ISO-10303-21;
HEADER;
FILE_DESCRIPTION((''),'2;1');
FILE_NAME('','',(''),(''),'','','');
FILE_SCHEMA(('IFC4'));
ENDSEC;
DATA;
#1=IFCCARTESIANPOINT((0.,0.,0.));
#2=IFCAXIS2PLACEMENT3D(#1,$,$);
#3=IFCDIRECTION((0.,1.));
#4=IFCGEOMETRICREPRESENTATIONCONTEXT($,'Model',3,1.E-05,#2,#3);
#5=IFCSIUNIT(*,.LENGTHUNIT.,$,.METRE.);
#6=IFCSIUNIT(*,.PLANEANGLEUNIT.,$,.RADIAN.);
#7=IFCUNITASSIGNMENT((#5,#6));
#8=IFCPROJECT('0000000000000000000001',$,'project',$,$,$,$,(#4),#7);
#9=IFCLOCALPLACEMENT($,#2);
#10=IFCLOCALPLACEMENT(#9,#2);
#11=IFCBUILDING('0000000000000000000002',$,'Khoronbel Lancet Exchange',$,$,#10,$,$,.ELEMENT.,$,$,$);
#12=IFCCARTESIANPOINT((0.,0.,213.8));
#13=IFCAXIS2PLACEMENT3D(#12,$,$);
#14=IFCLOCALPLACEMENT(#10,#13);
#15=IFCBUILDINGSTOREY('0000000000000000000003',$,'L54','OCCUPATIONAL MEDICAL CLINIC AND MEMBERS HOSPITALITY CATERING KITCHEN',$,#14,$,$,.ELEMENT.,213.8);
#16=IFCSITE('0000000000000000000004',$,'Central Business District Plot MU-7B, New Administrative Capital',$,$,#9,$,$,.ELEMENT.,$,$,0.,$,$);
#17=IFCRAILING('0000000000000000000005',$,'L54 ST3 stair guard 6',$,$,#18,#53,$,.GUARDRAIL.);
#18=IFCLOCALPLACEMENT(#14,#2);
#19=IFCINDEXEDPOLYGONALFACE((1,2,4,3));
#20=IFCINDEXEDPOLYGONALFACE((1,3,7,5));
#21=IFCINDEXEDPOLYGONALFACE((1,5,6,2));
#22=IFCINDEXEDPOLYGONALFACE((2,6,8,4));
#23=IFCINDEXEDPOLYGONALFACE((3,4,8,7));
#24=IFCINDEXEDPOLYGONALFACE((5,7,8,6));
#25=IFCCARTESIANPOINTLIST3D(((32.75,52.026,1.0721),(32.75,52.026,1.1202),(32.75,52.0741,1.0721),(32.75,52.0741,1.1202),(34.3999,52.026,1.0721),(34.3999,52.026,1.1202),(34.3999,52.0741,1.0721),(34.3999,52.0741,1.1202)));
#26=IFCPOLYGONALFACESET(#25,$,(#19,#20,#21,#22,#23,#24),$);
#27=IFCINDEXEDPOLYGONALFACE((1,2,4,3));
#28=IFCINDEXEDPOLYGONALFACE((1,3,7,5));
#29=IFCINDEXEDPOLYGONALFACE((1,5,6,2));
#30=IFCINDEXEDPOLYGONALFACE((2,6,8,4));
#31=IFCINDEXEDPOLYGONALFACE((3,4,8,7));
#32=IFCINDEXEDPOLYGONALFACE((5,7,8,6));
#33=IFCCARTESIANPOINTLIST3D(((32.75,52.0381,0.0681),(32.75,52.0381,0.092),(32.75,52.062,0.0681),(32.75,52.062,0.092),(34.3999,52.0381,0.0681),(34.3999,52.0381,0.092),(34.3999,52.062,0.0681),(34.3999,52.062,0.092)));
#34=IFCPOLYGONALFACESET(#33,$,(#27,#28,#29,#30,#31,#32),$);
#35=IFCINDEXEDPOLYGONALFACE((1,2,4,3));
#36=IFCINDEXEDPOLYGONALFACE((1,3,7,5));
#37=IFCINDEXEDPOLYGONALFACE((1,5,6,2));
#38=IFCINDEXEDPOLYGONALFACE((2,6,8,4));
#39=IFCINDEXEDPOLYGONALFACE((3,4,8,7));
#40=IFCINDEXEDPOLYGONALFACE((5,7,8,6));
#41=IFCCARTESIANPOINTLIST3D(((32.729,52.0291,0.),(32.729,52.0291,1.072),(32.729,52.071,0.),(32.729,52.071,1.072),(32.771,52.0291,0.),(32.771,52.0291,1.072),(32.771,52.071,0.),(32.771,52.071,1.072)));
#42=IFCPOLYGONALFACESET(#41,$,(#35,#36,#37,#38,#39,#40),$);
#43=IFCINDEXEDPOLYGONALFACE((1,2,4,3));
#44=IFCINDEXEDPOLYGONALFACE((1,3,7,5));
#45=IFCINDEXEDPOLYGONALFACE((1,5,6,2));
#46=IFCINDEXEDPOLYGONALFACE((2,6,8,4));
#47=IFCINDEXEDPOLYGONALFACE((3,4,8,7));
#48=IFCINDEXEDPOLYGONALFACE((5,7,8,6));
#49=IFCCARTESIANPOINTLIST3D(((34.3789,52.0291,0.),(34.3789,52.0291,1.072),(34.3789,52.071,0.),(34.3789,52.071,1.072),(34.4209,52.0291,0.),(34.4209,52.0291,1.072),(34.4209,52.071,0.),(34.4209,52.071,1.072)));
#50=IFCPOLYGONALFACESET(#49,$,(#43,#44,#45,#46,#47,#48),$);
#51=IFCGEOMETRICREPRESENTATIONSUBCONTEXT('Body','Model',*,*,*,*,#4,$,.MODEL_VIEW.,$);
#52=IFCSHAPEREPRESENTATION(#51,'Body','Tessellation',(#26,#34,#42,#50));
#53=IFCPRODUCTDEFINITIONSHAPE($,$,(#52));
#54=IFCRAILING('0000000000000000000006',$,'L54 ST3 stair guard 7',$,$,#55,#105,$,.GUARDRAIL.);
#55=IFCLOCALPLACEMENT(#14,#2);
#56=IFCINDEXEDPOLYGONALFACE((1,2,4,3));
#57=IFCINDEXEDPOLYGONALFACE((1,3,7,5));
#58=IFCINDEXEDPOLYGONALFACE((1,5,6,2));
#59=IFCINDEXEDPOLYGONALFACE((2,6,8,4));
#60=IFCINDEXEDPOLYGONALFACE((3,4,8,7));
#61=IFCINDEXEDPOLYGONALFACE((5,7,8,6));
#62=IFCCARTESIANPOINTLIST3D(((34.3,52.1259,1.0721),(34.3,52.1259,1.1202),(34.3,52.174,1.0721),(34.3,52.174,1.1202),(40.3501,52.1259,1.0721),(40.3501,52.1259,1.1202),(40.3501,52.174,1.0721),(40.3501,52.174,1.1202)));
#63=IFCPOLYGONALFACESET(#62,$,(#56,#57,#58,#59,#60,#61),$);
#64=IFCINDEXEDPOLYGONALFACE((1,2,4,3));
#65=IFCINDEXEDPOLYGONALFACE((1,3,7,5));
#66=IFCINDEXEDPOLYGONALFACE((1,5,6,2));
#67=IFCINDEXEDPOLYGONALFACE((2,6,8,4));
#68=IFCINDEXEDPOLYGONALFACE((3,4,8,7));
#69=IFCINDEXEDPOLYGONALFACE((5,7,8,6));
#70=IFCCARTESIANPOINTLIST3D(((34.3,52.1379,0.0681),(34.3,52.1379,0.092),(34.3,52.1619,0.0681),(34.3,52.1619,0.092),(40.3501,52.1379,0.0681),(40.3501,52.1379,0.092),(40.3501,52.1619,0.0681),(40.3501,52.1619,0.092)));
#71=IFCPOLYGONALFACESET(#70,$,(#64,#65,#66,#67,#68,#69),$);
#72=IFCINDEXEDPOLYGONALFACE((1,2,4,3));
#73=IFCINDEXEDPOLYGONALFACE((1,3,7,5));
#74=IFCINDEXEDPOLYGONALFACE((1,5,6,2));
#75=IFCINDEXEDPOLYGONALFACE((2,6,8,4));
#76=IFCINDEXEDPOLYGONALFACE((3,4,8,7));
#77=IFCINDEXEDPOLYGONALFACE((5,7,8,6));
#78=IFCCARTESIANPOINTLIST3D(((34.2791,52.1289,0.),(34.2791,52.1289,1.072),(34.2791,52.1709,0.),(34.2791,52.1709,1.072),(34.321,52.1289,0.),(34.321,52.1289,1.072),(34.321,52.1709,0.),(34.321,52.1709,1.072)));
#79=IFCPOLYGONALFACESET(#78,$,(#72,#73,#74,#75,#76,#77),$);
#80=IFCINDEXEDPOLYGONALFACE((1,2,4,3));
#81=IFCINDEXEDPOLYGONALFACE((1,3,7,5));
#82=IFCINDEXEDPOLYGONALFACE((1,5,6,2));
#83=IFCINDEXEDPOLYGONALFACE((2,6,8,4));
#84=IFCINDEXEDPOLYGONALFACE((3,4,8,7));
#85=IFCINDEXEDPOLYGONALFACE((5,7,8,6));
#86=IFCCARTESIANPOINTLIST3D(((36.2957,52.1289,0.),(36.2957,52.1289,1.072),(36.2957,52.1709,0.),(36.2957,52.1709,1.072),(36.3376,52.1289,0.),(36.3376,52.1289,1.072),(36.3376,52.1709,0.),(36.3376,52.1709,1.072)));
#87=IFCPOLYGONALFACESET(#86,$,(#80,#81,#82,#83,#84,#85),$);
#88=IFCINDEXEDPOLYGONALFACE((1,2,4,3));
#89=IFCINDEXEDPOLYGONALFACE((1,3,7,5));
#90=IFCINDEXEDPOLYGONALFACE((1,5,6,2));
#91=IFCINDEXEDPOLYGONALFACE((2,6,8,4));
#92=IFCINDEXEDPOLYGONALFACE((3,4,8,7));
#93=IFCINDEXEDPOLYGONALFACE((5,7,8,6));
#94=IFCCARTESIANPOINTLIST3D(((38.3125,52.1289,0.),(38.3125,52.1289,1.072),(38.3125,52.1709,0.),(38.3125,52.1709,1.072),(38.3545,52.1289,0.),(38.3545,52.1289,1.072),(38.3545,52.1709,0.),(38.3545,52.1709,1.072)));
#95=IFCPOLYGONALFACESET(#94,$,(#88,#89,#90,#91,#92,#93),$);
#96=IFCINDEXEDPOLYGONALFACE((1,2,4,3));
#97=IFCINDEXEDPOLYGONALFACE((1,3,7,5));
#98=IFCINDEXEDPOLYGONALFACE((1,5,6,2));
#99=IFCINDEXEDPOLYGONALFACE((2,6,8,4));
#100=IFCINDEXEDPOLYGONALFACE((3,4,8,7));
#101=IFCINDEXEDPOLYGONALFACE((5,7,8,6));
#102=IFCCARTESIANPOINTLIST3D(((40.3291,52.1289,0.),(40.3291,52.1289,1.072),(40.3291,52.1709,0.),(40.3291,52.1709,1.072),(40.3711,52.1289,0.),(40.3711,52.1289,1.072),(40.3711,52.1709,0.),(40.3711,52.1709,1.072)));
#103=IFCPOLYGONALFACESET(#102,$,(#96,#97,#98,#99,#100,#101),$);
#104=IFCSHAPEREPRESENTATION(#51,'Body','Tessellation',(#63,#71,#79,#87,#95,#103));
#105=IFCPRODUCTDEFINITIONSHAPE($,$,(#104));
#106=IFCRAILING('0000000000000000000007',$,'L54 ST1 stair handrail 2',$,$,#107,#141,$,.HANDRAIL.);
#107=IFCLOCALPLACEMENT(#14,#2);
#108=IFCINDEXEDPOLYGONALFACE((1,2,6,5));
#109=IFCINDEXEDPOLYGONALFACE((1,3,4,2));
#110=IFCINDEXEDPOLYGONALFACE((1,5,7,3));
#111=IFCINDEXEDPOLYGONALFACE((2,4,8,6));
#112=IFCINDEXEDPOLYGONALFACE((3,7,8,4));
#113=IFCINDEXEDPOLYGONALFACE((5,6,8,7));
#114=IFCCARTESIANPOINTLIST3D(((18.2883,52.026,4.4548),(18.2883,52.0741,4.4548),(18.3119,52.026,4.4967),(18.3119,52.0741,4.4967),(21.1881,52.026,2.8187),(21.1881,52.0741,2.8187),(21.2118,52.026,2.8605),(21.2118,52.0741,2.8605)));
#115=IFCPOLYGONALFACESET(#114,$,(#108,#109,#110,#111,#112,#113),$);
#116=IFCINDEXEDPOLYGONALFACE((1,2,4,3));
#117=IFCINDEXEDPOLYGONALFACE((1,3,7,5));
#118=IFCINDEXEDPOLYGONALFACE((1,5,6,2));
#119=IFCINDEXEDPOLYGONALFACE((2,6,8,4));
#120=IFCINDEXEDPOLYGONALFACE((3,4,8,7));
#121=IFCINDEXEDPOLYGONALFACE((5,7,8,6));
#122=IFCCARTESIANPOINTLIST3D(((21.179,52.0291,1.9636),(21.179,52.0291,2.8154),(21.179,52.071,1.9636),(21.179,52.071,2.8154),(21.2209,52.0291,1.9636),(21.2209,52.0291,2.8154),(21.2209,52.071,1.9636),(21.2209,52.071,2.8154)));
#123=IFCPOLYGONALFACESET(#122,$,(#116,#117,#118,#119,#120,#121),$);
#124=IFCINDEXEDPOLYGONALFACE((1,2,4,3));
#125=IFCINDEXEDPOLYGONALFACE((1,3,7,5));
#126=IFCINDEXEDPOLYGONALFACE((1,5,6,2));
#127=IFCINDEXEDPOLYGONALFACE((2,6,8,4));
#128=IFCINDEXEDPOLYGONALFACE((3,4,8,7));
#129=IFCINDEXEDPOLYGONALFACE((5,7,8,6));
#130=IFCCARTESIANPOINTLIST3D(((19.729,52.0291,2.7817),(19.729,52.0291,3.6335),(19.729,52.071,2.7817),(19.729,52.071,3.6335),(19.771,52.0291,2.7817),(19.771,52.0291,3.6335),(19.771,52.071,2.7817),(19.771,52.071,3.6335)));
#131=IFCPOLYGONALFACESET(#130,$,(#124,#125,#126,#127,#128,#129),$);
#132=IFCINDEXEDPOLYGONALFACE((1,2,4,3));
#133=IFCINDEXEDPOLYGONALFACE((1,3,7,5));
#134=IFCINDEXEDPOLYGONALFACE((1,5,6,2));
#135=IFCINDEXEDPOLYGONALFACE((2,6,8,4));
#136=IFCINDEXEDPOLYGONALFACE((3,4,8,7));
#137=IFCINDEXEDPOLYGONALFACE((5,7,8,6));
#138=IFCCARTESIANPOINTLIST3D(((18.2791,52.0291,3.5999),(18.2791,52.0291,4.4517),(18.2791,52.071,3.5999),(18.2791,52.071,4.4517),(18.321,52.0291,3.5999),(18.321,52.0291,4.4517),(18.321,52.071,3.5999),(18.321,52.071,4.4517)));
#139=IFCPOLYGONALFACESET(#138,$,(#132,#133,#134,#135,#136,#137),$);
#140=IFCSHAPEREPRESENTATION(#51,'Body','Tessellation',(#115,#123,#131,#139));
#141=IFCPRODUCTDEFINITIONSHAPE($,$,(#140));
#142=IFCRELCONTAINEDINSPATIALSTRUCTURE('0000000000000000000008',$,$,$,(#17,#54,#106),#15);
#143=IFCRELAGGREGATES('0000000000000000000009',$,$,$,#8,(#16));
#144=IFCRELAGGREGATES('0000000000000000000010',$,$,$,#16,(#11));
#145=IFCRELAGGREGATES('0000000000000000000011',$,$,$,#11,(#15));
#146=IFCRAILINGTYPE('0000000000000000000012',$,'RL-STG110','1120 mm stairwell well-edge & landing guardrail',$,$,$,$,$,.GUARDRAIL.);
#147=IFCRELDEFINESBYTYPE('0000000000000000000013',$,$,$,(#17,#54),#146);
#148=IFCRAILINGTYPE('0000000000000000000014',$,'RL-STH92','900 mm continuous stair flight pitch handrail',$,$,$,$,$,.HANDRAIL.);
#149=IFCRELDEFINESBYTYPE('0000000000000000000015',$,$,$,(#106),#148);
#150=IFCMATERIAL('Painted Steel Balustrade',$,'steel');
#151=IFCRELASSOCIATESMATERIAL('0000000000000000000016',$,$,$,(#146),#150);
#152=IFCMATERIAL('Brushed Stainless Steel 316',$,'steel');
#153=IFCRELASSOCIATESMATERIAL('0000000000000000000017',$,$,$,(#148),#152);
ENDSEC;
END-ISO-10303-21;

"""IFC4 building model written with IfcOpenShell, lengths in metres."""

from ifc_helpers import new_model, si_unit, direction, frame, origin, origin_2d, place, context, subcontext, project, spatial, rectangle, extrude, material, type_object, element, save


model = new_model("IFC4")

# Units and contexts
model_context = context("Model", 3, precision=1e-05, world=origin(), true_north=direction((0.0, 1.0)))
body_context = subcontext(model_context, "Body", "Model", "MODEL_VIEW")
ifc_project = project(units=[si_unit("LENGTHUNIT", "METRE"), si_unit("PLANEANGLEUNIT", "RADIAN")], contexts=[model_context])

# Site, building, storey
site_placement = place(None, origin())
site = spatial("IfcSite", under=ifc_project, at=site_placement, Name="Central Business District Plot MU-7B, New Administrative Capital", CompositionType="ELEMENT", RefElevation=0.0)
building_placement = place(site_placement, origin())
building = spatial("IfcBuilding", under=site, at=building_placement, Name="Khoronbel Lancet Exchange", CompositionType="ELEMENT")
storey_placement = place(building_placement, frame((0.0, 0.0, 213.8)))
storey = spatial("IfcBuildingStorey", under=building, at=storey_placement, Name="L54", Description="OCCUPATIONAL MEDICAL CLINIC AND MEMBERS HOSPITALITY CATERING KITCHEN", CompositionType="ELEMENT", Elevation=213.8)

# Railings
ifc_material_1 = material(Name="Painted Steel Balustrade", Category="steel")
railing_type_1 = type_object("IfcRailingType", Name="RL-STG110", Description="1120 mm stairwell well-edge & landing guardrail", PredefinedType="GUARDRAIL", material=ifc_material_1)
railing_1_placement = place(storey_placement, frame((32.75, 52.05, 0.0)))
element("IfcRailing", 1, at=railing_1_placement, inside=storey, type_object=railing_type_1, Name="L54 ST3 stair guard 6", PredefinedType="GUARDRAIL", context=body_context, shape_type="SweptSolid", body=[
    extrude(rectangle(XDim=0.0481, YDim=0.0481, at=origin_2d()), frame((0.0, 0.0, 1.0962), z_axis=(1.0, 0.0, 0.0), x_axis=(0.0, 1.0, 0.0)), (0.0, 0.0, 1.0), 1.6499),
    extrude(rectangle(XDim=0.0239, YDim=0.0239, at=origin_2d()), frame((0.0, 0.0, 0.0801), z_axis=(1.0, 0.0, 0.0), x_axis=(0.0, 1.0, 0.0)), (0.0, 0.0, 1.0), 1.6499),
    extrude(rectangle(XDim=0.042, YDim=0.042, at=origin_2d()), origin(), (0.0, 0.0, 1.0), 1.072),
    extrude(rectangle(XDim=0.042, YDim=0.042, at=origin_2d()), frame((1.6499, 0.0, 0.0)), (0.0, 0.0, 1.0), 1.072),
])
railing_2_placement = place(storey_placement, frame((34.3, 52.1499, 0.0)))
element("IfcRailing", 2, at=railing_2_placement, inside=storey, type_object=railing_type_1, Name="L54 ST3 stair guard 7", PredefinedType="GUARDRAIL", context=body_context, shape_type="SweptSolid", body=[
    extrude(rectangle(XDim=0.0481, YDim=0.0481, at=origin_2d()), frame((0.0, 0.0, 1.0962), z_axis=(1.0, 0.0, 0.0), x_axis=(0.0, 1.0, 0.0)), (0.0, 0.0, 1.0), 6.05),
    extrude(rectangle(XDim=0.0239, YDim=0.0239, at=origin_2d()), frame((0.0, 0.0, 0.0801), z_axis=(1.0, 0.0, 0.0), x_axis=(0.0, 1.0, 0.0)), (0.0, 0.0, 1.0), 6.05),
    extrude(rectangle(XDim=0.042, YDim=0.042, at=origin_2d()), origin(), (0.0, 0.0, 1.0), 1.072),
    extrude(rectangle(XDim=0.042, YDim=0.042, at=origin_2d()), frame((2.0166, 0.0, 0.0)), (0.0, 0.0, 1.0), 1.072),
    extrude(rectangle(XDim=0.042, YDim=0.042, at=origin_2d()), frame((4.0334, 0.0, 0.0)), (0.0, 0.0, 1.0), 1.072),
    extrude(rectangle(XDim=0.042, YDim=0.042, at=origin_2d()), frame((6.05, 0.0, 0.0)), (0.0, 0.0, 1.0), 1.072),
])
ifc_material_2 = material(Name="Brushed Stainless Steel 316", Category="steel")
railing_type_2 = type_object("IfcRailingType", Name="RL-STH92", Description="900 mm continuous stair flight pitch handrail", PredefinedType="HANDRAIL", material=ifc_material_2)
railing_3_placement = place(storey_placement, frame((21.2, 52.05, 1.9636)))
element("IfcRailing", 3, at=railing_3_placement, inside=storey, type_object=railing_type_2, Name="L54 ST1 stair handrail 2", PredefinedType="HANDRAIL", context=body_context, shape_type="SweptSolid", body=[
    extrude(rectangle(XDim=0.0481, YDim=0.0481, at=origin_2d()), frame((0.0, 0.0, 0.876), z_axis=(-0.870929, 0.0, 0.49141), x_axis=(0.0, -1.0, 0.0)), (0.0, 0.0, 1.0), 3.3296),
    extrude(rectangle(XDim=0.042, YDim=0.042, at=origin_2d()), origin(), (0.0, 0.0, 1.0), 0.8518),
    extrude(rectangle(XDim=0.042, YDim=0.042, at=origin_2d()), frame((-1.45, 0.0, 0.8181)), (0.0, 0.0, 1.0), 0.8518),
    extrude(rectangle(XDim=0.042, YDim=0.042, at=origin_2d()), frame((-2.8999, 0.0, 1.6362)), (0.0, 0.0, 1.0), 0.8518),
])

save(model, "model.ifc")
